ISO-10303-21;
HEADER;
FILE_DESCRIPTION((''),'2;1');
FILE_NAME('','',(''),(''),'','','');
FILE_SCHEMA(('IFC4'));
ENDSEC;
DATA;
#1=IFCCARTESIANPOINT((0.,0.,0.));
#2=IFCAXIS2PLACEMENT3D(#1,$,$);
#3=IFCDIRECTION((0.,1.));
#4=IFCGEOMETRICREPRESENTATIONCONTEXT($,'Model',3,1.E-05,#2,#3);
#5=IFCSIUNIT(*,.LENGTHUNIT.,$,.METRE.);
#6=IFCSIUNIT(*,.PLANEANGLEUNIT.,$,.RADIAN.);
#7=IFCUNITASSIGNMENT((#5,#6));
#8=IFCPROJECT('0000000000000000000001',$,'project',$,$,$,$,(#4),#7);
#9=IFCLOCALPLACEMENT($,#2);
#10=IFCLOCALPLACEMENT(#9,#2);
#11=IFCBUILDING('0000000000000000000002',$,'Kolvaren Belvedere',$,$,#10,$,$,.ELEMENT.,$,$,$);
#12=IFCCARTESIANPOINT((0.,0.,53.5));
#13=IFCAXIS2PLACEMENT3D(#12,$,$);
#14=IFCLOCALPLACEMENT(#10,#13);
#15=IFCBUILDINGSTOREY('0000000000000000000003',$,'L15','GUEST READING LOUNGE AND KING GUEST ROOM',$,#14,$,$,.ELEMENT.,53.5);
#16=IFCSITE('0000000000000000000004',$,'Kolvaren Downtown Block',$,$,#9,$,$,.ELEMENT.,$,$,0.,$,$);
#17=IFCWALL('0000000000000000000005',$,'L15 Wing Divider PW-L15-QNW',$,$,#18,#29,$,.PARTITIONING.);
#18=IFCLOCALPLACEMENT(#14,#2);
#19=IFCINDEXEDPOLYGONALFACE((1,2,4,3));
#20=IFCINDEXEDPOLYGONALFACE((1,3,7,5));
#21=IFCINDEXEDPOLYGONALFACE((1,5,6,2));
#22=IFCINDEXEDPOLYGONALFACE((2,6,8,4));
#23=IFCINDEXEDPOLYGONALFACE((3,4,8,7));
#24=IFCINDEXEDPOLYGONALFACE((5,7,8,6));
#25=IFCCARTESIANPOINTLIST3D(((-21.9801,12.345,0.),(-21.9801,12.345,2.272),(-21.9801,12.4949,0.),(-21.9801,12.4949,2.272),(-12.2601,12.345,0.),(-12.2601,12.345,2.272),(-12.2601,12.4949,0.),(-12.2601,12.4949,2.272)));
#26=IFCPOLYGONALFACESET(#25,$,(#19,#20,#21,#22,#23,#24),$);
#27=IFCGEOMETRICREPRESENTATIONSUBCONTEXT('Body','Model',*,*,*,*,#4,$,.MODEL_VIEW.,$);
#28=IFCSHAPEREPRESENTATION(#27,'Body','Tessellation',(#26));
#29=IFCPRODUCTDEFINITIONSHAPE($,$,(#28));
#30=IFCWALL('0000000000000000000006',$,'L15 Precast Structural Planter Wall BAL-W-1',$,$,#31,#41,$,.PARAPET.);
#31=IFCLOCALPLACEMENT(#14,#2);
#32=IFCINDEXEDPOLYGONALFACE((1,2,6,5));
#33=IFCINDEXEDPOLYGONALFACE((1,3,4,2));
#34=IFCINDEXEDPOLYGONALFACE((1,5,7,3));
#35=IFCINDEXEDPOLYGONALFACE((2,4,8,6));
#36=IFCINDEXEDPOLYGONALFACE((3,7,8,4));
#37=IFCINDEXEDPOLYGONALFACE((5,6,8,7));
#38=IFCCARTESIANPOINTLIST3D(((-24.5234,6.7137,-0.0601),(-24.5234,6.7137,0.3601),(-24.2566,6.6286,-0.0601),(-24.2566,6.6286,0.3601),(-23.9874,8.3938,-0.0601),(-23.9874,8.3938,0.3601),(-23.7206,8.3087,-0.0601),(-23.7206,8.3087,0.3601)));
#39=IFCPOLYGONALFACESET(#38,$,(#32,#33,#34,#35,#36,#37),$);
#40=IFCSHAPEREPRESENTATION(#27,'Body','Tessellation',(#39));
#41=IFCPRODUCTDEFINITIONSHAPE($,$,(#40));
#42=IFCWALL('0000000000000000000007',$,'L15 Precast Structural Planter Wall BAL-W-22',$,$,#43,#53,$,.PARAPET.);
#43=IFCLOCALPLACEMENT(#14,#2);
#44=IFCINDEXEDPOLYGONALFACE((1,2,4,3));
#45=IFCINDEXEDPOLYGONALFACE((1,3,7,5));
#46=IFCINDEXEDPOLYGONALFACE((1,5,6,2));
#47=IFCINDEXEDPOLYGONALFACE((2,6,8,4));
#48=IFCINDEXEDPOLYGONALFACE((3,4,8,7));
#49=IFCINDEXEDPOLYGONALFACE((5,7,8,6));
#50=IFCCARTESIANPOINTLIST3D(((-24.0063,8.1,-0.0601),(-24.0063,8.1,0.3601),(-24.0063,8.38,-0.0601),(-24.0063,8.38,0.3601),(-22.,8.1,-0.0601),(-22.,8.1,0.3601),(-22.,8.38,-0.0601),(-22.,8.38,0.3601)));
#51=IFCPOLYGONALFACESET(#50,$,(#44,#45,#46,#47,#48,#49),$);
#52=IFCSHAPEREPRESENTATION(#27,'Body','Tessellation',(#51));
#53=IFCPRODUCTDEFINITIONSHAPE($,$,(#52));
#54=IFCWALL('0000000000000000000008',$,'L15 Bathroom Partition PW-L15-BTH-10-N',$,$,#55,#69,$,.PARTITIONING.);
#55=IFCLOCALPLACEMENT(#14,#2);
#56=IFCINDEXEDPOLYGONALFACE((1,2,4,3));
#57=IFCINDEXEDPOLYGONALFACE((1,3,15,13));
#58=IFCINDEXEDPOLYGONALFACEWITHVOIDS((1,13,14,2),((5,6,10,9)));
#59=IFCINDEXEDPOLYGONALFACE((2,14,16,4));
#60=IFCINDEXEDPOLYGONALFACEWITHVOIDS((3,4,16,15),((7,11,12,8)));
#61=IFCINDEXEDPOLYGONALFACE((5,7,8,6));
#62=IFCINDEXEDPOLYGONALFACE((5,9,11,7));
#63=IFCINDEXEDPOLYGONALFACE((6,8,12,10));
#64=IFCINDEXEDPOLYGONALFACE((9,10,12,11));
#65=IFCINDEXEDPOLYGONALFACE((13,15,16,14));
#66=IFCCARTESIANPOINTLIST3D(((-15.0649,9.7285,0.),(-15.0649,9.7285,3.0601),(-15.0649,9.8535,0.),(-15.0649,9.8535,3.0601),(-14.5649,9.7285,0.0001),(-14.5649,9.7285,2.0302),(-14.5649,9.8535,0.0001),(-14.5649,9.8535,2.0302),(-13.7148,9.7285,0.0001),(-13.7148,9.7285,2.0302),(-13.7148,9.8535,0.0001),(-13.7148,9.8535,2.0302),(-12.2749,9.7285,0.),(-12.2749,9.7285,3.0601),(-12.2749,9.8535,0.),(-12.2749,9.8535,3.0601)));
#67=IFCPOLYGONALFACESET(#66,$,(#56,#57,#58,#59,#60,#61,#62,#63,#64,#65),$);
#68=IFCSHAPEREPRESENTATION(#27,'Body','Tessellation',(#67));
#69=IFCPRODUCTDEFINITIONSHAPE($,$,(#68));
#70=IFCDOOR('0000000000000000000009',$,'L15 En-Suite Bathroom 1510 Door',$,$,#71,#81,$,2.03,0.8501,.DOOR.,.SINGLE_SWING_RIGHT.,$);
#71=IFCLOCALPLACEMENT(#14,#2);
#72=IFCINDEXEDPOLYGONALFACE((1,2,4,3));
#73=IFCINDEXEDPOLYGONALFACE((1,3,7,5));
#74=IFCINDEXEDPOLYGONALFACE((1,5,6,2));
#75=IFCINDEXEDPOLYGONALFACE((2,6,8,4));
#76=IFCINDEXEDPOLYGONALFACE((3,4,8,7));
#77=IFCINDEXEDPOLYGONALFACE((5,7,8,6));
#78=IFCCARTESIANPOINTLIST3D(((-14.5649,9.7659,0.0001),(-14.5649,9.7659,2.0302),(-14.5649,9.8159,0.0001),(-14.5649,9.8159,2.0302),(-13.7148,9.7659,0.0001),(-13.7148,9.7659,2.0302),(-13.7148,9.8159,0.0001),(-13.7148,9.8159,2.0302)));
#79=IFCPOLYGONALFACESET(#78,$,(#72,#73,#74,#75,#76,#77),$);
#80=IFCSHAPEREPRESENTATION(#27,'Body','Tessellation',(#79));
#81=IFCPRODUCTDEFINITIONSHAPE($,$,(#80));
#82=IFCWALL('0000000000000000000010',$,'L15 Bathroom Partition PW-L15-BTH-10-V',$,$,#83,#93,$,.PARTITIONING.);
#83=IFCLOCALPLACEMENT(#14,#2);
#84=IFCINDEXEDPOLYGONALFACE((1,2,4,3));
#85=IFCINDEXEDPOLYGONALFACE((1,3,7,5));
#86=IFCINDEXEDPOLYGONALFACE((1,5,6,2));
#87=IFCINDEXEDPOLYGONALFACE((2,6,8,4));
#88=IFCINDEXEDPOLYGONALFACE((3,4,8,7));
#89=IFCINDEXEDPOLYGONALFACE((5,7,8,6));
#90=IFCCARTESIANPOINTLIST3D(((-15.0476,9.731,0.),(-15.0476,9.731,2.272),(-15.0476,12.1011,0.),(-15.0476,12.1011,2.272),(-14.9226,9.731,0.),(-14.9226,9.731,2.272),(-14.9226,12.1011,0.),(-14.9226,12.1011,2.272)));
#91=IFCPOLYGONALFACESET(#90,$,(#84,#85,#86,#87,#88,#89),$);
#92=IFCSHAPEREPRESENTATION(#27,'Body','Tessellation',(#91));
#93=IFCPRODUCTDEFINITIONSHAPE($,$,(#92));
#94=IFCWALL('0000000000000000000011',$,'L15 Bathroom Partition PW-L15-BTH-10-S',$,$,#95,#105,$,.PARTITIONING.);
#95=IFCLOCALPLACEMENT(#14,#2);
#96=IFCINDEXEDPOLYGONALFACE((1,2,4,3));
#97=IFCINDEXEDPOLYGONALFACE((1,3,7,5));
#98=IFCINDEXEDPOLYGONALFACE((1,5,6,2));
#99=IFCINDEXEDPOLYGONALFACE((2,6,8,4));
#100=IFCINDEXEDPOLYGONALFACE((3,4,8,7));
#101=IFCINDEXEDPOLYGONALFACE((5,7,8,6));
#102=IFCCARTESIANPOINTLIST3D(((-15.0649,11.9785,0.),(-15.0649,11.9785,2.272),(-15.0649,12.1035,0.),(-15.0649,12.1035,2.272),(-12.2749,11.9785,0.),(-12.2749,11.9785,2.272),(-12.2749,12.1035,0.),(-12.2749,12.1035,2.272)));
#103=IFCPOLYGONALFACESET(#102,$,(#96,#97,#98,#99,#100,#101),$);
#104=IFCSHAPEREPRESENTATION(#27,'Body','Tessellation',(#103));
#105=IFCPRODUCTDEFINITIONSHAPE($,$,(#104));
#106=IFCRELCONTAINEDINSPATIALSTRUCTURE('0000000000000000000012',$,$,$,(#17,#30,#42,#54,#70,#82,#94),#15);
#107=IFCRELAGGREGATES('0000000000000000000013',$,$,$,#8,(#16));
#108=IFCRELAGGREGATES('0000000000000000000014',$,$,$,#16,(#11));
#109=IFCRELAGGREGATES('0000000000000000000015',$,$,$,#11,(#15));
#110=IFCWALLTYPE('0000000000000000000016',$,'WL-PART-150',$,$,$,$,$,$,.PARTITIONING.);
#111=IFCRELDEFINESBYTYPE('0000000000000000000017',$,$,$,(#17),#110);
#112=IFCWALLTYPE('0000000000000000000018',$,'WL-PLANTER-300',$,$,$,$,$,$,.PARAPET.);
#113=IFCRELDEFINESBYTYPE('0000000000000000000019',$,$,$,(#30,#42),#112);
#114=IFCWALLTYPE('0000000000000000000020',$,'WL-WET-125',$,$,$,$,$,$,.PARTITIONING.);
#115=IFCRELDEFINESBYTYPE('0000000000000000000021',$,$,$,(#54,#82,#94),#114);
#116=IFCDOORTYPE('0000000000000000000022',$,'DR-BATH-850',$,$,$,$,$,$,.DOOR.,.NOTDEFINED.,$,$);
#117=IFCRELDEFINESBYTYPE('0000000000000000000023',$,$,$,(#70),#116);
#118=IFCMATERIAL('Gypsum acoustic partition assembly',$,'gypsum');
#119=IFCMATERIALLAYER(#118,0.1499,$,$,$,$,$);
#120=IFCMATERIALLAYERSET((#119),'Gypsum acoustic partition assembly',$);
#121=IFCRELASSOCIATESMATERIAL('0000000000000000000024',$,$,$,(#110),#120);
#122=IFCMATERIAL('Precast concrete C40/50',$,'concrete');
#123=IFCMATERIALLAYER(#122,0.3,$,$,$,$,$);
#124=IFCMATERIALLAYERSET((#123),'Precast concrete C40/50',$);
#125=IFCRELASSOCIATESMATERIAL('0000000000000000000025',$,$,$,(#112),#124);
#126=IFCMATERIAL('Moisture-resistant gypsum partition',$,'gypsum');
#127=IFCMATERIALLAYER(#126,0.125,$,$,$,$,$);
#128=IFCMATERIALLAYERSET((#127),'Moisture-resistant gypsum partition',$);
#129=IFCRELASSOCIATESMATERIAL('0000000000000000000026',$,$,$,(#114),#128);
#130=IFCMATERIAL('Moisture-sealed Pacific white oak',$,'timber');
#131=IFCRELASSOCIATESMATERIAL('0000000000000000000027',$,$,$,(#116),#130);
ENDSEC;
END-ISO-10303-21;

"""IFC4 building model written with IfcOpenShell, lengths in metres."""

from ifc_helpers import new_model, si_unit, direction, frame, frame_2d, origin, place, context, subcontext, project, spatial, rectangle, extrude, material, layer, layer_set, type_object, element, fill, save


model = new_model("IFC4")

# Units and contexts
model_context = context("Model", 3, precision=1e-05, world=origin(), true_north=direction((0.0, 1.0)))
body_context = subcontext(model_context, "Body", "Model", "MODEL_VIEW")
ifc_project = project(units=[si_unit("LENGTHUNIT", "METRE"), si_unit("PLANEANGLEUNIT", "RADIAN")], contexts=[model_context])

# Site, building, storey
site_placement = place(None, origin())
site = spatial("IfcSite", under=ifc_project, at=site_placement, Name="Kolvaren Downtown Block", CompositionType="ELEMENT", RefElevation=0.0)
building_placement = place(site_placement, origin())
building = spatial("IfcBuilding", under=site, at=building_placement, Name="Kolvaren Belvedere", CompositionType="ELEMENT")
storey_placement = place(building_placement, frame((0.0, 0.0, 53.5)))
storey = spatial("IfcBuildingStorey", under=building, at=storey_placement, Name="L15", Description="GUEST READING LOUNGE AND KING GUEST ROOM", CompositionType="ELEMENT", Elevation=53.5)

# Walls
ifc_material_1 = material(Name="Gypsum acoustic partition assembly", Category="gypsum")
ifc_layer_1 = layer(ifc_material_1, 0.1499)
ifc_layer_set_1 = layer_set([ifc_layer_1], Name="Gypsum acoustic partition assembly")
wall_type_1 = type_object("IfcWallType", Name="WL-PART-150", PredefinedType="PARTITIONING", material=ifc_layer_set_1)
wall_1_placement = place(storey_placement, frame((-21.98, 12.4199, 0.0), z_axis=(0.0, 0.0, 1.0), x_axis=(1.0, 0.0, 0.0)))
element("IfcWall", 1, at=wall_1_placement, inside=storey, type_object=wall_type_1, Name="L15 Wing Divider PW-L15-QNW", PredefinedType="PARTITIONING", context=body_context, shape_type="SweptSolid", body=[
    extrude(rectangle(XDim=9.72, YDim=0.1499, at=frame_2d((4.8599, 0.0))), origin(), (0.0, 0.0, 1.0), 2.272),
])
ifc_material_2 = material(Name="Precast concrete C40/50", Category="concrete")
ifc_layer_2 = layer(ifc_material_2, 0.3)
ifc_layer_set_2 = layer_set([ifc_layer_2], Name="Precast concrete C40/50")
wall_type_2 = type_object("IfcWallType", Name="WL-PLANTER-300", PredefinedType="PARAPET", material=ifc_layer_set_2)
wall_2_placement = place(storey_placement, frame((-23.854, 8.3513, -0.0601), z_axis=(0.0, 0.0, 1.0), x_axis=(-0.303906, -0.952702, 0.0)))
element("IfcWall", 2, at=wall_2_placement, inside=storey, type_object=wall_type_2, Name="L15 Precast Structural Planter Wall BAL-W-1", PredefinedType="PARAPET", context=body_context, shape_type="SweptSolid", body=[
    extrude(rectangle(XDim=1.7634, YDim=0.28, at=frame_2d((0.8818, 0.0))), origin(), (0.0, 0.0, 1.0), 0.4202),
])
wall_3_placement = place(storey_placement, frame((-22.0, 8.24, -0.0601), z_axis=(0.0, 0.0, 1.0), x_axis=(-1.0, 0.0, 0.0)))
element("IfcWall", 3, at=wall_3_placement, inside=storey, type_object=wall_type_2, Name="L15 Precast Structural Planter Wall BAL-W-22", PredefinedType="PARAPET", context=body_context, shape_type="SweptSolid", body=[
    extrude(rectangle(XDim=2.0063, YDim=0.28, at=frame_2d((1.0032, 0.0))), origin(), (0.0, 0.0, 1.0), 0.4202),
])

# Wall, opening, door
ifc_material_3 = material(Name="Moisture-resistant gypsum partition", Category="gypsum")
ifc_layer_3 = layer(ifc_material_3, 0.125)
ifc_layer_set_3 = layer_set([ifc_layer_3], Name="Moisture-resistant gypsum partition")
wall_type_3 = type_object("IfcWallType", Name="WL-WET-125", PredefinedType="PARTITIONING", material=ifc_layer_set_3)
wall_4_placement = place(storey_placement, frame((-15.0649, 9.791, 0.0), z_axis=(0.0, 0.0, 1.0), x_axis=(1.0, 0.0, 0.0)))
wall_4 = element("IfcWall", 4, at=wall_4_placement, inside=storey, type_object=wall_type_3, Name="L15 Bathroom Partition PW-L15-BTH-10-N", PredefinedType="PARTITIONING", context=body_context, shape_type="SweptSolid", body=[
    extrude(rectangle(XDim=2.79, YDim=0.125, at=frame_2d((1.395, 0.0))), origin(), (0.0, 0.0, 1.0), 3.0601),
])
opening_1_placement = place(wall_4_placement, frame((0.5, 0.0, 0.0)))
opening_1 = element("IfcOpeningElement", 5, at=opening_1_placement, cuts=wall_4, PredefinedType="OPENING", context=body_context, shape_type="SweptSolid", body=[
    extrude(rectangle(XDim=0.8501, YDim=2.03, at=frame_2d((0.425, 1.0151))), frame((0.0, 0.0725, 0.0), z_axis=(0.0, -1.0, 0.0), x_axis=(1.0, 0.0, 0.0)), (0.0, 0.0, 1.0), 0.145),
])
ifc_material_4 = material(Name="Moisture-sealed Pacific white oak", Category="timber")
door_type = type_object("IfcDoorType", Name="DR-BATH-850", OperationType="NOTDEFINED", PredefinedType="DOOR", material=ifc_material_4)
door_placement = place(opening_1_placement, origin())
door = element("IfcDoor", 6, at=door_placement, inside=storey, type_object=door_type, Name="L15 En-Suite Bathroom 1510 Door", OperationType="SINGLE_SWING_RIGHT", OverallHeight=2.03, OverallWidth=0.8501, PredefinedType="DOOR", context=body_context, shape_type="SweptSolid", body=[
    extrude(rectangle(XDim=0.8501, YDim=2.03, at=frame_2d((0.425, 1.0151))), frame((0.0, 0.0249, 0.0), z_axis=(0.0, -1.0, 0.0), x_axis=(1.0, 0.0, 0.0)), (0.0, 0.0, 1.0), 0.05),
])
fill(opening_1, door)

# Walls
wall_5_placement = place(storey_placement, frame((-14.9851, 9.731, 0.0), z_axis=(0.0, 0.0, 1.0), x_axis=(0.0, 1.0, 0.0)))
element("IfcWall", 7, at=wall_5_placement, inside=storey, type_object=wall_type_3, Name="L15 Bathroom Partition PW-L15-BTH-10-V", PredefinedType="PARTITIONING", context=body_context, shape_type="SweptSolid", body=[
    extrude(rectangle(XDim=2.3701, YDim=0.125, at=frame_2d((1.1851, 0.0))), origin(), (0.0, 0.0, 1.0), 2.272),
])
wall_6_placement = place(storey_placement, frame((-15.0649, 12.041, 0.0), z_axis=(0.0, 0.0, 1.0), x_axis=(1.0, 0.0, 0.0)))
element("IfcWall", 8, at=wall_6_placement, inside=storey, type_object=wall_type_3, Name="L15 Bathroom Partition PW-L15-BTH-10-S", PredefinedType="PARTITIONING", context=body_context, shape_type="SweptSolid", body=[
    extrude(rectangle(XDim=2.79, YDim=0.125, at=frame_2d((1.395, 0.0))), origin(), (0.0, 0.0, 1.0), 2.272),
])

save(model, "model.ifc")
